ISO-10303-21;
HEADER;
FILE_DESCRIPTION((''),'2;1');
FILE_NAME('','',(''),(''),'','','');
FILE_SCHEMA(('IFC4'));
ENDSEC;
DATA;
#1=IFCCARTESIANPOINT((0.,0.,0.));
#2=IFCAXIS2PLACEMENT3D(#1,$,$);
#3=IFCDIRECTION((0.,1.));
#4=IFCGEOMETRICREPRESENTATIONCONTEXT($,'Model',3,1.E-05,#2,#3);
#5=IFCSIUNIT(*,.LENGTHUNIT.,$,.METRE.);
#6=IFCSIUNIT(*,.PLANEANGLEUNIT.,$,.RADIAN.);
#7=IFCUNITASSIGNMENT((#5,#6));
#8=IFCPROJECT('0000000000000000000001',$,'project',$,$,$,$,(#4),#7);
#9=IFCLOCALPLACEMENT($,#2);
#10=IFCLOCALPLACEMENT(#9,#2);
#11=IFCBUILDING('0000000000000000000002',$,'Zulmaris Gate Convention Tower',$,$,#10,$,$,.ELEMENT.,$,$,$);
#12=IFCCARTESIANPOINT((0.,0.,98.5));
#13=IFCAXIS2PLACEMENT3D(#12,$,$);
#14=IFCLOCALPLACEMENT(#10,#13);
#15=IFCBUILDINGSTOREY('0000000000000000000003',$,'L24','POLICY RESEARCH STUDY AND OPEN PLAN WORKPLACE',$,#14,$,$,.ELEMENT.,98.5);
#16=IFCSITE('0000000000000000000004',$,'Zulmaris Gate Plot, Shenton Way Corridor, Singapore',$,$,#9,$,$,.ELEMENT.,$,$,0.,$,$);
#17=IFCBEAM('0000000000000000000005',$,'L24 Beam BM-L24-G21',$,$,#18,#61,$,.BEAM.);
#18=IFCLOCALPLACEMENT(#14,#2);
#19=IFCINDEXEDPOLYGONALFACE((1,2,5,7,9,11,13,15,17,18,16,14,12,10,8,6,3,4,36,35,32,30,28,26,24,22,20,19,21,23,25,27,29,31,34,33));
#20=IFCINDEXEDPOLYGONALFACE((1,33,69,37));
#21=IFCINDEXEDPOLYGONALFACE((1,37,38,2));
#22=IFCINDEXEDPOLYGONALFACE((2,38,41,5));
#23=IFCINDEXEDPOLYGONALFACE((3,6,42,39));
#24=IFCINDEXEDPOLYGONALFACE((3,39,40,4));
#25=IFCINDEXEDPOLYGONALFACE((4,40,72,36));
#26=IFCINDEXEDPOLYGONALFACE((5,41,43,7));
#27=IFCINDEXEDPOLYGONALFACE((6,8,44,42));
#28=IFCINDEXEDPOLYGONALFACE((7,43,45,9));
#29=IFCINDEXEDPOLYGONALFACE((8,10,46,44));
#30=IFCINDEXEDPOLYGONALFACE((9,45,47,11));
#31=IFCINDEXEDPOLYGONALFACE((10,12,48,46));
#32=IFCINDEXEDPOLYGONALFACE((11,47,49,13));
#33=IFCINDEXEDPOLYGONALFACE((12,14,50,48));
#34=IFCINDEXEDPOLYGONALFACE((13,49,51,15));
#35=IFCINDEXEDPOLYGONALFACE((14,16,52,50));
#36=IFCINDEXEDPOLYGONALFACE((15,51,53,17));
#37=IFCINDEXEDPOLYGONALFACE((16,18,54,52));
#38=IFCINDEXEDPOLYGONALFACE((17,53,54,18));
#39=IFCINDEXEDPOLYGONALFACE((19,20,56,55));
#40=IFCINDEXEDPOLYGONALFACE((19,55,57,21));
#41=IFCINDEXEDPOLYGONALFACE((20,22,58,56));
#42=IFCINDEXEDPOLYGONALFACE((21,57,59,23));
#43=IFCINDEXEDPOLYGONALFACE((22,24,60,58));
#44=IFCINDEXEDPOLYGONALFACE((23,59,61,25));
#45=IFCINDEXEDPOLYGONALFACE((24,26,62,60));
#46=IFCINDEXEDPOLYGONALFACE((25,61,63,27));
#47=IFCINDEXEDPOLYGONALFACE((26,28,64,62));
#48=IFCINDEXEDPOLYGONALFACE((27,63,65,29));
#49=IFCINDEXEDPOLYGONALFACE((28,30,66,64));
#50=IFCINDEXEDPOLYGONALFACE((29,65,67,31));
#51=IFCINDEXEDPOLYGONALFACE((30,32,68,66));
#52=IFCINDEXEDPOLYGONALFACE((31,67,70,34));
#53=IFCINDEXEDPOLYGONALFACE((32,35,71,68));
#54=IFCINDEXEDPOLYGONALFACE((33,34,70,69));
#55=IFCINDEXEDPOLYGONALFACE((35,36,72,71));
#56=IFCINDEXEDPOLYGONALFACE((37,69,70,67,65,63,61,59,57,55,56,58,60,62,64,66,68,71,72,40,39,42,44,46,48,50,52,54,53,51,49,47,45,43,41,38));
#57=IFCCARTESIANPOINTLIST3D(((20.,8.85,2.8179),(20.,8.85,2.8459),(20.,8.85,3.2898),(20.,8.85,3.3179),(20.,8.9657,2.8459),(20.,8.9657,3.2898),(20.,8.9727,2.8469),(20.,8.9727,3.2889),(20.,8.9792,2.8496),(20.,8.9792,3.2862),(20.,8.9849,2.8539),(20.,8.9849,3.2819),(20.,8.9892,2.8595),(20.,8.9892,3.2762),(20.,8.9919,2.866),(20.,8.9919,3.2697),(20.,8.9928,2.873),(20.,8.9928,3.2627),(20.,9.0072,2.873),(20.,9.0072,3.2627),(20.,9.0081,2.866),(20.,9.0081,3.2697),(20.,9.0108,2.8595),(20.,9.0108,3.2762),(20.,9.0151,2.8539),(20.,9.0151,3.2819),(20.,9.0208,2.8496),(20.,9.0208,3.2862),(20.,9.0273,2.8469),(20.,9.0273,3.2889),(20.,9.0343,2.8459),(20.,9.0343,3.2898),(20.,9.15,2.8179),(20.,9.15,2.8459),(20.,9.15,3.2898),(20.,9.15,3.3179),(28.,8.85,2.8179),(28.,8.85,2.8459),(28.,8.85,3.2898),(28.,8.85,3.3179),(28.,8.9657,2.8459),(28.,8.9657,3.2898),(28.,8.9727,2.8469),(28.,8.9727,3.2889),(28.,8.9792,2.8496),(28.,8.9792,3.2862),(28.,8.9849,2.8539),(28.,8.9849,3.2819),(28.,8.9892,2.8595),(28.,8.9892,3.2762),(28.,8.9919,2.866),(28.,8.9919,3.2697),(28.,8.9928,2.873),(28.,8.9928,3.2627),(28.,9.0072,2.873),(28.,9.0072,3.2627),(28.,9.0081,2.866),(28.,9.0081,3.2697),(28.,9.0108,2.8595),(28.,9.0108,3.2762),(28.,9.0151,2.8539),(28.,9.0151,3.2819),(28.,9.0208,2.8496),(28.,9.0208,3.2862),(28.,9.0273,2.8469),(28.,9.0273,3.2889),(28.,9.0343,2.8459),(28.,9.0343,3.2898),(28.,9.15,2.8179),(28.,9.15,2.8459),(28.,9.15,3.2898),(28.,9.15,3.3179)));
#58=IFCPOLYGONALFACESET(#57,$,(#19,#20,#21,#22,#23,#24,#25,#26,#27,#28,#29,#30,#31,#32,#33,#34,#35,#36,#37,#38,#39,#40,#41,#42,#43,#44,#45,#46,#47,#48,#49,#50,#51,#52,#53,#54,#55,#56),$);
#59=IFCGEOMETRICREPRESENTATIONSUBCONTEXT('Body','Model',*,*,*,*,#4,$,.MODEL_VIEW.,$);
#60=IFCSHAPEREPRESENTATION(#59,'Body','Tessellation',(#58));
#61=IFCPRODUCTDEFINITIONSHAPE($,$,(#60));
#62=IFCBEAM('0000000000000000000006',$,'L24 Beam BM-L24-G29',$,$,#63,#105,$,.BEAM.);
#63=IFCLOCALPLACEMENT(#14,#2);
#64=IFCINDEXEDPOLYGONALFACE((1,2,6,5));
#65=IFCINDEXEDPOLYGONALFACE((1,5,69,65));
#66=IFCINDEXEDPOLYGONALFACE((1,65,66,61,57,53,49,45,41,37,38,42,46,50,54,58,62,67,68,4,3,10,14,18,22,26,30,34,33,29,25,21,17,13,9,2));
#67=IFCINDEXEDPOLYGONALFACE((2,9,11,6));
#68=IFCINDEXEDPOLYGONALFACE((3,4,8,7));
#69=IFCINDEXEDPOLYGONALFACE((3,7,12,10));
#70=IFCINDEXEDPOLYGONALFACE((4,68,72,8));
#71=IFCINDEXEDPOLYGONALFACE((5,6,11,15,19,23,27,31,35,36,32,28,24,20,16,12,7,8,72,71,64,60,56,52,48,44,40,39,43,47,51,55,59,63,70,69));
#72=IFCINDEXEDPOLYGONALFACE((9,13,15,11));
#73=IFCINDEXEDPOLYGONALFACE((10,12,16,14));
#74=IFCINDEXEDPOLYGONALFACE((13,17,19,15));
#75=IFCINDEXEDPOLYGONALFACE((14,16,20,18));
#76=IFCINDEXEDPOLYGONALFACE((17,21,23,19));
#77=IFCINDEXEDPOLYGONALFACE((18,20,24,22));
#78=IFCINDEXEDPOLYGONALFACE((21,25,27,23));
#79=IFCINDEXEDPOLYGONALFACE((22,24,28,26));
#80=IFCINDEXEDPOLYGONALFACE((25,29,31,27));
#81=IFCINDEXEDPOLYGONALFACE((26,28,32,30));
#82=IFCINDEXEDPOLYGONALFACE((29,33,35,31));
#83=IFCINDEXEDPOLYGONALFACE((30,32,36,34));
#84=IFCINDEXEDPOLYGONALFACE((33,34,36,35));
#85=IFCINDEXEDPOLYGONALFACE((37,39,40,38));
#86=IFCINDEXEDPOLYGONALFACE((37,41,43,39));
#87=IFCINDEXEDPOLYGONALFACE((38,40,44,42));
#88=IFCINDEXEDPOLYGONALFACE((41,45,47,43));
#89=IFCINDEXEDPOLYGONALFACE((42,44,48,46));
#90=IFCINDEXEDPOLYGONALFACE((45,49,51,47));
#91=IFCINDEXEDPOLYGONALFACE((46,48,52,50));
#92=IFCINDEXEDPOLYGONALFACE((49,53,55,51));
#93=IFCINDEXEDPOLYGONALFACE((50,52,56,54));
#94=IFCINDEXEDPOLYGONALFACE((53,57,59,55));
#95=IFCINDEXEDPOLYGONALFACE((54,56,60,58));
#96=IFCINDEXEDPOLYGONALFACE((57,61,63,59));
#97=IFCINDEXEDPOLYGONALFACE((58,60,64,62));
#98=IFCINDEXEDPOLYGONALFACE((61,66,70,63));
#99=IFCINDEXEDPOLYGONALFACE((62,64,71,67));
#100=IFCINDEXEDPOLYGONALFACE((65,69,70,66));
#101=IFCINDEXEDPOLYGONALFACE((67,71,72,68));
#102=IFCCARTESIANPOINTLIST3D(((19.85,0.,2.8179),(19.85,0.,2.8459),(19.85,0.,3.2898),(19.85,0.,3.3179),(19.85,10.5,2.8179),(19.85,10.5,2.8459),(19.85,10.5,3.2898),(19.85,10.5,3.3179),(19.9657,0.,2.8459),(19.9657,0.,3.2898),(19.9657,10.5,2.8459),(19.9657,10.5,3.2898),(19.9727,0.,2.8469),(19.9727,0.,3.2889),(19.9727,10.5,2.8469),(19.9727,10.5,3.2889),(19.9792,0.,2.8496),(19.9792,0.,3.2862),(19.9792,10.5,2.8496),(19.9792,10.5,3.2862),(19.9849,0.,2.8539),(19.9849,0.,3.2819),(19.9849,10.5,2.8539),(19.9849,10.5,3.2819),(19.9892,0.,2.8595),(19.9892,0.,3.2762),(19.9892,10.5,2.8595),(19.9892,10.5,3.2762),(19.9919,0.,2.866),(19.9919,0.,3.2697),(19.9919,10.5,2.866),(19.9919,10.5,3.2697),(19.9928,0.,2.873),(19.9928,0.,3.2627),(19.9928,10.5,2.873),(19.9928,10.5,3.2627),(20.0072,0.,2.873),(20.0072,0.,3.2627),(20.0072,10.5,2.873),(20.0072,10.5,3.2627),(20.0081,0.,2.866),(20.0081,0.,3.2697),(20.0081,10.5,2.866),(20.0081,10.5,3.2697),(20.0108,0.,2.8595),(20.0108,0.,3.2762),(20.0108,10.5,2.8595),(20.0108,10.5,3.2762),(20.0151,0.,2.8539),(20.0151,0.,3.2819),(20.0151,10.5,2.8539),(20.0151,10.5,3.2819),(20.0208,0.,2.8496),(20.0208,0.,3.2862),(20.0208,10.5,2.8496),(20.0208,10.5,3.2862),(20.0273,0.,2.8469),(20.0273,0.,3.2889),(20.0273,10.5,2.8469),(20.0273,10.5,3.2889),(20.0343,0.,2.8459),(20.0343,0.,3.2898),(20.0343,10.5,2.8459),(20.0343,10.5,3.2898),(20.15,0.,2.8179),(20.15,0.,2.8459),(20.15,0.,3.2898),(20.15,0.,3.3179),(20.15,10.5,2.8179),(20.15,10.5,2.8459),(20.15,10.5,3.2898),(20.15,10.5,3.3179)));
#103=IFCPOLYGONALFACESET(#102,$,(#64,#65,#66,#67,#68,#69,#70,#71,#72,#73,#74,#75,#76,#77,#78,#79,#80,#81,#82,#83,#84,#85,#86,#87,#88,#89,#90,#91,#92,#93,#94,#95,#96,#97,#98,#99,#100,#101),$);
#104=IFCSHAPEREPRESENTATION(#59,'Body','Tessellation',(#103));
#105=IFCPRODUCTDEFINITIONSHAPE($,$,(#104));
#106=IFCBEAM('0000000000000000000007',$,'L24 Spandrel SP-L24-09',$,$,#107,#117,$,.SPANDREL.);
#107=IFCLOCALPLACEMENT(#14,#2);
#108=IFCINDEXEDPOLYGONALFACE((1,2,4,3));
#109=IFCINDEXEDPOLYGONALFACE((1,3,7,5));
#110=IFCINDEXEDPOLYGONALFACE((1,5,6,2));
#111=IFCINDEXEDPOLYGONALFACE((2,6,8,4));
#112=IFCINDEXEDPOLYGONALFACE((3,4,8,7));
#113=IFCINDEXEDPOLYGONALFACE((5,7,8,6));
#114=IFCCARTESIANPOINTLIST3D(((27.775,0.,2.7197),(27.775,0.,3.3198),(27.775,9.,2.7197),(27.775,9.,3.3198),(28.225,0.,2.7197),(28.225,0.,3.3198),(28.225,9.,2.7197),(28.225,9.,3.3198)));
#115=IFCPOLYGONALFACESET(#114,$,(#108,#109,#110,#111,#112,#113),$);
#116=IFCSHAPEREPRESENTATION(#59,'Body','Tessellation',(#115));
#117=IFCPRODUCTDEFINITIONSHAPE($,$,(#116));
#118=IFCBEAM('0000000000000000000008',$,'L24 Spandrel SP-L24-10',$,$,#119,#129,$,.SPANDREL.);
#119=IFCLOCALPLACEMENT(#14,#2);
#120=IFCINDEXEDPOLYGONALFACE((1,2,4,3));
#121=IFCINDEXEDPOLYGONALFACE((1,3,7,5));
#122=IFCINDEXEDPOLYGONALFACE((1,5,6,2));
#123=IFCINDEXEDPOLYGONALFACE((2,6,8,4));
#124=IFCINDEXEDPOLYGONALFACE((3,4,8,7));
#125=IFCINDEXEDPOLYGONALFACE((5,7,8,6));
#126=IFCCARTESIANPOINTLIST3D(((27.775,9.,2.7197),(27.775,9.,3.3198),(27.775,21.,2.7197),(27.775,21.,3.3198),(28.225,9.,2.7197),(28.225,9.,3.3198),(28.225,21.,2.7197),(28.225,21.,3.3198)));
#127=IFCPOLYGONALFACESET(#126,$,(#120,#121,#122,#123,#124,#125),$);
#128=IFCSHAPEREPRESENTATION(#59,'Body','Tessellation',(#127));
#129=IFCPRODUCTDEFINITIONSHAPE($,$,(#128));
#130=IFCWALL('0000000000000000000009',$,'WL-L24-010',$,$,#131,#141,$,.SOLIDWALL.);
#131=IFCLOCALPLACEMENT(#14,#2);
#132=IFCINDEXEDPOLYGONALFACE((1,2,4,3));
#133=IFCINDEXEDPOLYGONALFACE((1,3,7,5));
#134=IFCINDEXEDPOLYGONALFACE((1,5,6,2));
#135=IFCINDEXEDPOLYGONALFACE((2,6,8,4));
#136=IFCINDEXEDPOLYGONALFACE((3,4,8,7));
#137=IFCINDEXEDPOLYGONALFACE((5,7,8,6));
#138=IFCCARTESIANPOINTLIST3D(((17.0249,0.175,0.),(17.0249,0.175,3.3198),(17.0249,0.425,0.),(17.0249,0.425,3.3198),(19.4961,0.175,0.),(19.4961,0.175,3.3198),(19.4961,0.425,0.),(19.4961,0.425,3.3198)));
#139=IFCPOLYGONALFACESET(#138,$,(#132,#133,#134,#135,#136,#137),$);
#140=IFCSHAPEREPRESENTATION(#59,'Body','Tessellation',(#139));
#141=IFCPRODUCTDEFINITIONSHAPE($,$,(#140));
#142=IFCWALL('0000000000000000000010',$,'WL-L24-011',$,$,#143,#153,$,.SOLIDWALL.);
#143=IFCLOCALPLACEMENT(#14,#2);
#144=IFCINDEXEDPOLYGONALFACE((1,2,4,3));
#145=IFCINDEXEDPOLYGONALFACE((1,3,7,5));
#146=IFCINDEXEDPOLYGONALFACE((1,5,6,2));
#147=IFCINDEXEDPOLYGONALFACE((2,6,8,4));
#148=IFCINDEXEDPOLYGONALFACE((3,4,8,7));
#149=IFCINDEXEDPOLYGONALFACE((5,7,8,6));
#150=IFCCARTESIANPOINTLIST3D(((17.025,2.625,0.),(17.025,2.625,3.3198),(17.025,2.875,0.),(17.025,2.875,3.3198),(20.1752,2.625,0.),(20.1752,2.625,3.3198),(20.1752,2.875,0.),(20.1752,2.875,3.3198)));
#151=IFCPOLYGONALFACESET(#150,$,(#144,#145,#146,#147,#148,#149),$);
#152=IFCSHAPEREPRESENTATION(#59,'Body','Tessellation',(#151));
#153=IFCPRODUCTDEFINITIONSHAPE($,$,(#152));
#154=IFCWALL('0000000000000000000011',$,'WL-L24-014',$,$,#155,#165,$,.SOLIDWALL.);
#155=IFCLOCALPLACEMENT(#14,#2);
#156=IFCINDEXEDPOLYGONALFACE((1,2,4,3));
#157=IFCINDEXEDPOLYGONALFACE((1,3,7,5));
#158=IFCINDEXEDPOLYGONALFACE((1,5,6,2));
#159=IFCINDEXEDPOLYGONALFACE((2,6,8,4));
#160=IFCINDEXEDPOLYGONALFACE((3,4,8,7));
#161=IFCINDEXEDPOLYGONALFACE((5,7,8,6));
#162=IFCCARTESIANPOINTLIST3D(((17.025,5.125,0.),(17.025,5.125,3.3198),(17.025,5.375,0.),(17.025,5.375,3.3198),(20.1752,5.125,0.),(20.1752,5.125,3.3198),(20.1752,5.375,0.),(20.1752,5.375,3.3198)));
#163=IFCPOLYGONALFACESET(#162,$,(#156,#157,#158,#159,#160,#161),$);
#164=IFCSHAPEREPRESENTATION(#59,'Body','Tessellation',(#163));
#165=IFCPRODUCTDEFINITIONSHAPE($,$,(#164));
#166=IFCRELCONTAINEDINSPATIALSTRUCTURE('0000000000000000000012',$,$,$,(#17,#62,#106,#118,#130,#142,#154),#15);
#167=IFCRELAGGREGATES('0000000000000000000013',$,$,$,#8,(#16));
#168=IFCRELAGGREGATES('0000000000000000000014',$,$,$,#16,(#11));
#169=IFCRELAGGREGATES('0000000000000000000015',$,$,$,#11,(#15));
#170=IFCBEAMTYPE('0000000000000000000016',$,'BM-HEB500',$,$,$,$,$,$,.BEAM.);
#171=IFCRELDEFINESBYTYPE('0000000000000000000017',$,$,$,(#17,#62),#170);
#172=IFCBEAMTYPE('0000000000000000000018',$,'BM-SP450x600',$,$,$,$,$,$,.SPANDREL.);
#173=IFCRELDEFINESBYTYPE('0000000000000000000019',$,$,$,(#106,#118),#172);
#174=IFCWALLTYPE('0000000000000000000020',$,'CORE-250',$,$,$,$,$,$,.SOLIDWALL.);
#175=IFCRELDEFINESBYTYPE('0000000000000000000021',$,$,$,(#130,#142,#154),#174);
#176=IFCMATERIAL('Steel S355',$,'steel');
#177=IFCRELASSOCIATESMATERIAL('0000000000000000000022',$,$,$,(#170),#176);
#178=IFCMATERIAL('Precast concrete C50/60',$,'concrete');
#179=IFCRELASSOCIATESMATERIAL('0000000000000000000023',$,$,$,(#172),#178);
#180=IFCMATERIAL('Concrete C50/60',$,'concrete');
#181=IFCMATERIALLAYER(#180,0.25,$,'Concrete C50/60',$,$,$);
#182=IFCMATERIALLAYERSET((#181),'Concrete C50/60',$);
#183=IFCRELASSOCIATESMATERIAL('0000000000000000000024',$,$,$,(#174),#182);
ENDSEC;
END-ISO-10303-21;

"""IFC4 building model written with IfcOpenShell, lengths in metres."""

from ifc_helpers import new_model, si_unit, direction, frame, frame_2d, origin, origin_2d, place, context, subcontext, project, spatial, rectangle, i_section, extrude, material, layer, layer_set, material_profile, profile_set, type_object, element, save


model = new_model("IFC4")

# Units and contexts
model_context = context("Model", 3, precision=1e-05, world=origin(), true_north=direction((0.0, 1.0)))
body_context = subcontext(model_context, "Body", "Model", "MODEL_VIEW")
ifc_project = project(units=[si_unit("LENGTHUNIT", "METRE"), si_unit("PLANEANGLEUNIT", "RADIAN")], contexts=[model_context])

# Site, building, storey
site_placement = place(None, origin())
site = spatial("IfcSite", under=ifc_project, at=site_placement, Name="Zulmaris Gate Plot, Shenton Way Corridor, Singapore", CompositionType="ELEMENT", RefElevation=0.0)
building_placement = place(site_placement, origin())
building = spatial("IfcBuilding", under=site, at=building_placement, Name="Zulmaris Gate Convention Tower", CompositionType="ELEMENT")
storey_placement = place(building_placement, frame((0.0, 0.0, 98.5)))
storey = spatial("IfcBuildingStorey", under=building, at=storey_placement, Name="L24", Description="POLICY RESEARCH STUDY AND OPEN PLAN WORKPLACE", CompositionType="ELEMENT", Elevation=98.5)

# Beams
ifc_material_1 = material(Name="Steel S355", Category="steel")
ifc_material_profile_1 = material_profile(ifc_material_1, i_section(OverallWidth=0.3, OverallDepth=0.5, WebThickness=0.0144, FlangeThickness=0.0281, FilletRadius=0.0271, at=origin_2d()), Name="HEB 500")
ifc_profile_set_1 = profile_set([ifc_material_profile_1], Name="Steel S355")
beam_type_1 = type_object("IfcBeamType", Name="BM-HEB500", PredefinedType="BEAM", material=ifc_profile_set_1)
for number, where, z_axis, x_axis, name in (
    (1, (20.0, 9.0, 3.0679), (1.0, 0.0, 0.0), (0.0, 1.0, 0.0), "L24 Beam BM-L24-G21"),
):
    element("IfcBeam", number, at=place(storey_placement, frame(where, z_axis=z_axis, x_axis=x_axis)), inside=storey, type_object=beam_type_1, Name=name, PredefinedType="BEAM", context=body_context, shape_type="SweptSolid", body=[
        extrude(i_section(OverallWidth=0.3, OverallDepth=0.5, WebThickness=0.0144, FlangeThickness=0.0281, FilletRadius=0.0271, at=origin_2d()), origin(), (0.0, 0.0, 1.0), 8.0),
    ])
beam_1_placement = place(storey_placement, frame((20.0, 0.0, 3.0679), z_axis=(0.0, 1.0, 0.0), x_axis=(-1.0, 0.0, 0.0)))
element("IfcBeam", 2, at=beam_1_placement, inside=storey, type_object=beam_type_1, Name="L24 Beam BM-L24-G29", PredefinedType="BEAM", context=body_context, shape_type="SweptSolid", body=[
    extrude(i_section(OverallWidth=0.3, OverallDepth=0.5, WebThickness=0.0144, FlangeThickness=0.0281, FilletRadius=0.0271, at=origin_2d()), origin(), (0.0, 0.0, 1.0), 10.5),
])
ifc_material_2 = material(Name="Precast concrete C50/60", Category="concrete")
ifc_material_profile_2 = material_profile(ifc_material_2, rectangle(XDim=0.45, YDim=0.6001, at=origin_2d()), Name="RC SPANDREL 450x600")
ifc_profile_set_2 = profile_set([ifc_material_profile_2], Name="Precast concrete C50/60")
beam_type_2 = type_object("IfcBeamType", Name="BM-SP450x600", PredefinedType="SPANDREL", material=ifc_profile_set_2)
beam_2_placement = place(storey_placement, frame((28.0, 0.0, 3.0198), z_axis=(0.0, 1.0, 0.0), x_axis=(-1.0, 0.0, 0.0)))
element("IfcBeam", 3, at=beam_2_placement, inside=storey, type_object=beam_type_2, Name="L24 Spandrel SP-L24-09", PredefinedType="SPANDREL", context=body_context, shape_type="SweptSolid", body=[
    extrude(rectangle(XDim=0.45, YDim=0.6001, at=origin_2d()), origin(), (0.0, 0.0, 1.0), 9.0),
])
beam_3_placement = place(storey_placement, frame((28.0, 9.0, 3.0198), z_axis=(0.0, 1.0, 0.0), x_axis=(-1.0, 0.0, 0.0)))
element("IfcBeam", 4, at=beam_3_placement, inside=storey, type_object=beam_type_2, Name="L24 Spandrel SP-L24-10", PredefinedType="SPANDREL", context=body_context, shape_type="SweptSolid", body=[
    extrude(rectangle(XDim=0.45, YDim=0.6001, at=origin_2d()), origin(), (0.0, 0.0, 1.0), 12.0),
])

# Walls
ifc_material_3 = material(Name="Concrete C50/60", Category="concrete")
ifc_layer_1 = layer(ifc_material_3, 0.25, Name="Concrete C50/60")
ifc_layer_set_1 = layer_set([ifc_layer_1], Name="Concrete C50/60")
wall_type_1 = type_object("IfcWallType", Name="CORE-250", PredefinedType="SOLIDWALL", material=ifc_layer_set_1)
wall_1_placement = place(storey_placement, frame((17.0249, 0.3, 0.0), z_axis=(0.0, 0.0, 1.0), x_axis=(1.0, 0.0, 0.0)))
element("IfcWall", 5, at=wall_1_placement, inside=storey, type_object=wall_type_1, Name="WL-L24-010", PredefinedType="SOLIDWALL", context=body_context, shape_type="SweptSolid", body=[
    extrude(rectangle(XDim=2.4712, YDim=0.25, at=frame_2d((1.2356, 0.0))), origin(), (0.0, 0.0, 1.0), 3.3198),
])
for number, where, z_axis, x_axis, name in (
    (6, (17.0249, 2.75, 0.0), (0.0, 0.0, 1.0), (1.0, 0.0, 0.0), "WL-L24-011"),
    (7, (17.0249, 5.25, 0.0), (0.0, 0.0, 1.0), (1.0, 0.0, 0.0), "WL-L24-014"),
):
    element("IfcWall", number, at=place(storey_placement, frame(where, z_axis=z_axis, x_axis=x_axis)), inside=storey, type_object=wall_type_1, Name=name, PredefinedType="SOLIDWALL", context=body_context, shape_type="SweptSolid", body=[
        extrude(rectangle(XDim=3.1501, YDim=0.25, at=frame_2d((1.5752, 0.0))), origin(), (0.0, 0.0, 1.0), 3.3198),
    ])

save(model, "model.ifc")
